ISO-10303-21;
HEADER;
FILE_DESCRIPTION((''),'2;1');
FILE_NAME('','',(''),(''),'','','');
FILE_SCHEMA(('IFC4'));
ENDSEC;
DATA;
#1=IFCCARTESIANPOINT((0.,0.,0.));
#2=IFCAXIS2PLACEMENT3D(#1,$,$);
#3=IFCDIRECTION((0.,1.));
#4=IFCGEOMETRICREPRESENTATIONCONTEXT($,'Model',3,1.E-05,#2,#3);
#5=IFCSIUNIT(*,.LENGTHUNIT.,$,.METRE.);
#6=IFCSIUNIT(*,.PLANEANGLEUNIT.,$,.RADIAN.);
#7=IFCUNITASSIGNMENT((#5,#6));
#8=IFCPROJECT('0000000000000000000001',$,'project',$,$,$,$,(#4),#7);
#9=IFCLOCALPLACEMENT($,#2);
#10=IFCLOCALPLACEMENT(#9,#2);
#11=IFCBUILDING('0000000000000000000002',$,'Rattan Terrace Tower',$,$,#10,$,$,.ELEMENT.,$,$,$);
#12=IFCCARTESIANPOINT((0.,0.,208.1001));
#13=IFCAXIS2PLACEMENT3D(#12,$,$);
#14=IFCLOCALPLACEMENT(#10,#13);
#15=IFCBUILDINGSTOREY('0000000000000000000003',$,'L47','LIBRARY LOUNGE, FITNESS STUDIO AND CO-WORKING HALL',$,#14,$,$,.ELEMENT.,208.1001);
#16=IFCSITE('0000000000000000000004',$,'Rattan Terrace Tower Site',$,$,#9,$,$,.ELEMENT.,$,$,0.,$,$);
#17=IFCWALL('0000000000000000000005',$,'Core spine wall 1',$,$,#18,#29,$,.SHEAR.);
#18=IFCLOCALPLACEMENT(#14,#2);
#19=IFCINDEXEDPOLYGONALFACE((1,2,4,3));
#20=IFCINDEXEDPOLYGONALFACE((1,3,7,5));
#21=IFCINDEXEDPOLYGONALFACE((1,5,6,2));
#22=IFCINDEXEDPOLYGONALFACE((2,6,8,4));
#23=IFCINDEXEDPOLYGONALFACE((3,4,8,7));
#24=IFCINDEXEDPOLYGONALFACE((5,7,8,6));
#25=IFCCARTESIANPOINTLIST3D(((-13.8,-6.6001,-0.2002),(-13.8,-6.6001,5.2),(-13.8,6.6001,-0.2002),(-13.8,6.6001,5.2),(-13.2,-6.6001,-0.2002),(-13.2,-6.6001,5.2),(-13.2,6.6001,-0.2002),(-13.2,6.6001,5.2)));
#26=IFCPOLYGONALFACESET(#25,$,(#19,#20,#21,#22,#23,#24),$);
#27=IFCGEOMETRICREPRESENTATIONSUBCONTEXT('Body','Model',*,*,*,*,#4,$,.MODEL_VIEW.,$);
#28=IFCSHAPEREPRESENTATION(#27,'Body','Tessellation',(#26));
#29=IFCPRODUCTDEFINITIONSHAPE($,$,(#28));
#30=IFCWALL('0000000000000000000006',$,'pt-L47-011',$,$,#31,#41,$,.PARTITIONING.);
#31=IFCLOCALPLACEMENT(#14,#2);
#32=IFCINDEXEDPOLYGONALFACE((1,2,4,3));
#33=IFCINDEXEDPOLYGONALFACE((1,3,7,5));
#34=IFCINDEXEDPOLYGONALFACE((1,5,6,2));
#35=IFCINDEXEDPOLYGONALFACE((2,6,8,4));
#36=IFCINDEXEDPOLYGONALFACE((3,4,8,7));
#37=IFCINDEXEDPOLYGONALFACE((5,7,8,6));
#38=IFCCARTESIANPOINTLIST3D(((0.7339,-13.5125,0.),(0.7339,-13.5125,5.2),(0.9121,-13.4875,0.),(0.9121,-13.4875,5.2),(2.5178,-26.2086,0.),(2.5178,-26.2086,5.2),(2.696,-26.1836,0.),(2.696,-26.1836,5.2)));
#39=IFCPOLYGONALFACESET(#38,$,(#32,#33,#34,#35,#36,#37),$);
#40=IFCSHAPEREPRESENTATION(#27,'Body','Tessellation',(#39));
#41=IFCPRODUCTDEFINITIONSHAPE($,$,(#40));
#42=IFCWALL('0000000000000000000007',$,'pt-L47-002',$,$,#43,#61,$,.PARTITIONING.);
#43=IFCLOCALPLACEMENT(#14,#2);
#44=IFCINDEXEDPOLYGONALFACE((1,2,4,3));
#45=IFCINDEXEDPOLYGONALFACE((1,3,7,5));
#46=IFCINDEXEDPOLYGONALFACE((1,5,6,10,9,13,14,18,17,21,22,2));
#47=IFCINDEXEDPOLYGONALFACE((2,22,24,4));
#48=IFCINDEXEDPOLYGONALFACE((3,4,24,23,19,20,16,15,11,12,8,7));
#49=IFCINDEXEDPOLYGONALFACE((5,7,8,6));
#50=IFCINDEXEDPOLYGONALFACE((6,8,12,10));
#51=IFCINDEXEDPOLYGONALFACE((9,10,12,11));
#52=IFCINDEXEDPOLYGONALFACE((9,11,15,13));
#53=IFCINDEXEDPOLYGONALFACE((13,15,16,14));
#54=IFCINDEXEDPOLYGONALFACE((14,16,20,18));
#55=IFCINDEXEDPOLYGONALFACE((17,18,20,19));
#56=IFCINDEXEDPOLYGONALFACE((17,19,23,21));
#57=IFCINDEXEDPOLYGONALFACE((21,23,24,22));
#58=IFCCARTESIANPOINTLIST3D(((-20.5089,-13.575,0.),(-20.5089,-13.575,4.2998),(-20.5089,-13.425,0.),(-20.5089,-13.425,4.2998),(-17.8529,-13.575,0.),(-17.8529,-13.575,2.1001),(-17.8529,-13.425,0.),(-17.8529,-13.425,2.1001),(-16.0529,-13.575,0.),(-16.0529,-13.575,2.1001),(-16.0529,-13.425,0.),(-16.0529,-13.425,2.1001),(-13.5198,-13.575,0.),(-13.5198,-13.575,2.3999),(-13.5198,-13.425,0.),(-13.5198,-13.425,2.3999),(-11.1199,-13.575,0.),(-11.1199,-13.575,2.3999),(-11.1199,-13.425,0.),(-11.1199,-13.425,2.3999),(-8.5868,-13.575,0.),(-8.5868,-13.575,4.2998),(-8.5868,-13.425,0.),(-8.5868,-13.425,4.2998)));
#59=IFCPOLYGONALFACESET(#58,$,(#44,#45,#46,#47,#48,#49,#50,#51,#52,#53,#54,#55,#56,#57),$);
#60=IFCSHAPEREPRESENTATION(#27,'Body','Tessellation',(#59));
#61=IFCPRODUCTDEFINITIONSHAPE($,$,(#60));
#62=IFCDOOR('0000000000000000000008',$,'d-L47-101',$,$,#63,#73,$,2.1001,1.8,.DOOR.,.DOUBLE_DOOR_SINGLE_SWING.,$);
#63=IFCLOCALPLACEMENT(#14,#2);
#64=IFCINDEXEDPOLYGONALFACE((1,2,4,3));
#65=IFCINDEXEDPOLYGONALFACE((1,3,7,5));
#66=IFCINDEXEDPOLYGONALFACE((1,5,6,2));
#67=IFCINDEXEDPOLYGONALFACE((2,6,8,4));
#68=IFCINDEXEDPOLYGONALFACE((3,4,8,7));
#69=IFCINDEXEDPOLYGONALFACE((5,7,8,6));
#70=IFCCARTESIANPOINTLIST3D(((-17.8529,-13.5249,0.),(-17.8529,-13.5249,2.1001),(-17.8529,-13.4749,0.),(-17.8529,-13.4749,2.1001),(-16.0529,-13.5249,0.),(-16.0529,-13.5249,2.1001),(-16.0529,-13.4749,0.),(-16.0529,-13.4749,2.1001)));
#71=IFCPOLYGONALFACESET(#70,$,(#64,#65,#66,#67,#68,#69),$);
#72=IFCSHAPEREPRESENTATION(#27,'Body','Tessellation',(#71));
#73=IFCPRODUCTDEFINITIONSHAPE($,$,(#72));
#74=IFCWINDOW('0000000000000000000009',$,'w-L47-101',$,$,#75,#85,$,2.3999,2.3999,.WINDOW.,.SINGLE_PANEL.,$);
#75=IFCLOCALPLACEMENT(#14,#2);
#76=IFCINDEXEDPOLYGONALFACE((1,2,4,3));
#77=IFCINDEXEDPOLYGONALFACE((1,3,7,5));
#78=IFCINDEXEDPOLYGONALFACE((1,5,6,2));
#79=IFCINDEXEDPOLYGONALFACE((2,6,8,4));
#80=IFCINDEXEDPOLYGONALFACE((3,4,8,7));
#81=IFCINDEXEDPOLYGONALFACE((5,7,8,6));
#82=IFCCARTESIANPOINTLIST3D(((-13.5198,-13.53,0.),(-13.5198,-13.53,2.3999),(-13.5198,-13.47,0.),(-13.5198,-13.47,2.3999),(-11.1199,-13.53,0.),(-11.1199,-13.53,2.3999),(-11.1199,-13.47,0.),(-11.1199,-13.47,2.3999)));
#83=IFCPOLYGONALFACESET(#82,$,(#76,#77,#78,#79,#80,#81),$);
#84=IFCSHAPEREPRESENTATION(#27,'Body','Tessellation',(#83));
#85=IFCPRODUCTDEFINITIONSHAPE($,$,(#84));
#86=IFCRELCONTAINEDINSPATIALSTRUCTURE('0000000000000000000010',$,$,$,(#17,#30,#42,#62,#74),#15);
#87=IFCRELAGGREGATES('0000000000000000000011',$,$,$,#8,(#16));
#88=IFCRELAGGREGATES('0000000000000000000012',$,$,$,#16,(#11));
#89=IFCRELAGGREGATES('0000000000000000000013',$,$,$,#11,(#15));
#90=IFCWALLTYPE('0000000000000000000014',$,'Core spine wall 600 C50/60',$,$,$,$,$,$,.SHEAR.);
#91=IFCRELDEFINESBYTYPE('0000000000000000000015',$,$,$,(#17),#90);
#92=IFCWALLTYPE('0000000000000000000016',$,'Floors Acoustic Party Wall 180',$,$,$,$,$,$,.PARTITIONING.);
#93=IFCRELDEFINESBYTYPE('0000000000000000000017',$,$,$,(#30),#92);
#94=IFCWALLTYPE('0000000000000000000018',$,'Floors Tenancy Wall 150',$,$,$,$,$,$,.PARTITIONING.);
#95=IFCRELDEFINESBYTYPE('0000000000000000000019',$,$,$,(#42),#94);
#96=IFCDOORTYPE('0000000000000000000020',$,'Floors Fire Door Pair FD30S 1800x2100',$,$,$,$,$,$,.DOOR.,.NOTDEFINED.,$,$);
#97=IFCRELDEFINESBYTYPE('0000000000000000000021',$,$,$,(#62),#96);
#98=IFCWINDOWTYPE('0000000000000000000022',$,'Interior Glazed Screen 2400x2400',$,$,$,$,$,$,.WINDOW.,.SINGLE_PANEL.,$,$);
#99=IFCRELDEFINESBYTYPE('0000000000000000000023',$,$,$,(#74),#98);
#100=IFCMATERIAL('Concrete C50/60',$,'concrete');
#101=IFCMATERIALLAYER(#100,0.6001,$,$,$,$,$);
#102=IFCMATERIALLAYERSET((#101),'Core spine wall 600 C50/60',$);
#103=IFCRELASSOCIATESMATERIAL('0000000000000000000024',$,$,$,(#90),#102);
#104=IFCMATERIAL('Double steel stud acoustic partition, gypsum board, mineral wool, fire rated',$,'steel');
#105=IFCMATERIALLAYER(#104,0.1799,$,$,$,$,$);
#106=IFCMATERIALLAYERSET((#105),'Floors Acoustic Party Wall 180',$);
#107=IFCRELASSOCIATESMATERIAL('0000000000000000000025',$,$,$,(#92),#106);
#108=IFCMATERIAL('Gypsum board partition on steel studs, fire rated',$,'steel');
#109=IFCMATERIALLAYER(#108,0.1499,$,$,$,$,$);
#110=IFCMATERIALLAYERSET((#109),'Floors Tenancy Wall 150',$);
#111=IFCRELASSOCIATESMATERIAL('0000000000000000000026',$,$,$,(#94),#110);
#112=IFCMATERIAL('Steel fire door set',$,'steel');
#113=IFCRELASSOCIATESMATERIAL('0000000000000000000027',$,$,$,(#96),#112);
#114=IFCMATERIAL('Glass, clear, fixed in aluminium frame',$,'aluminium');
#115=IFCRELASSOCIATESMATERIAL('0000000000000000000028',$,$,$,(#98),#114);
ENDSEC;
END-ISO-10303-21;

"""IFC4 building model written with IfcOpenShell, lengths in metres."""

from ifc_helpers import new_model, si_unit, direction, frame, frame_2d, origin, place, context, subcontext, project, spatial, rectangle, extrude, material, layer, layer_set, type_object, element, fill, save


model = new_model("IFC4")

# Units and contexts
model_context = context("Model", 3, precision=1e-05, world=origin(), true_north=direction((0.0, 1.0)))
body_context = subcontext(model_context, "Body", "Model", "MODEL_VIEW")
ifc_project = project(units=[si_unit("LENGTHUNIT", "METRE"), si_unit("PLANEANGLEUNIT", "RADIAN")], contexts=[model_context])

# Site, building, storey
site_placement = place(None, origin())
site = spatial("IfcSite", under=ifc_project, at=site_placement, Name="Rattan Terrace Tower Site", CompositionType="ELEMENT", RefElevation=0.0)
building_placement = place(site_placement, origin())
building = spatial("IfcBuilding", under=site, at=building_placement, Name="Rattan Terrace Tower", CompositionType="ELEMENT")
storey_placement = place(building_placement, frame((0.0, 0.0, 208.1001)))
storey = spatial("IfcBuildingStorey", under=building, at=storey_placement, Name="L47", Description="LIBRARY LOUNGE, FITNESS STUDIO AND CO-WORKING HALL", CompositionType="ELEMENT", Elevation=208.1001)

# Walls
ifc_material_1 = material(Name="Concrete C50/60", Category="concrete")
ifc_layer_1 = layer(ifc_material_1, 0.6001)
ifc_layer_set_1 = layer_set([ifc_layer_1], Name="Core spine wall 600 C50/60")
wall_type_1 = type_object("IfcWallType", Name="Core spine wall 600 C50/60", PredefinedType="SHEAR", material=ifc_layer_set_1)
wall_1_placement = place(storey_placement, frame((-13.5, -6.6001, -0.2002), z_axis=(0.0, 0.0, 1.0), x_axis=(0.0, 1.0, 0.0)))
element("IfcWall", 1, at=wall_1_placement, inside=storey, type_object=wall_type_1, Name="Core spine wall 1", PredefinedType="SHEAR", context=body_context, shape_type="SweptSolid", body=[
    extrude(rectangle(XDim=13.2002, YDim=0.6001, at=frame_2d((6.6001, 0.0))), origin(), (0.0, 0.0, 1.0), 5.4001),
])
ifc_material_2 = material(Name="Double steel stud acoustic partition, gypsum board, mineral wool, fire rated", Category="steel")
ifc_layer_2 = layer(ifc_material_2, 0.1799)
ifc_layer_set_2 = layer_set([ifc_layer_2], Name="Floors Acoustic Party Wall 180")
wall_type_2 = type_object("IfcWallType", Name="Floors Acoustic Party Wall 180", PredefinedType="PARTITIONING", material=ifc_layer_set_2)
wall_2_placement = place(storey_placement, frame((0.823, -13.5, 0.0), z_axis=(0.0, 0.0, 1.0), x_axis=(0.139144, -0.990272, 0.0)))
element("IfcWall", 2, at=wall_2_placement, inside=storey, type_object=wall_type_2, Name="pt-L47-011", PredefinedType="PARTITIONING", context=body_context, shape_type="SweptSolid", body=[
    extrude(rectangle(XDim=12.8208, YDim=0.1799, at=frame_2d((6.4104, 0.0))), origin(), (0.0, 0.0, 1.0), 5.2),
])

# Wall, openings, door, window
ifc_material_3 = material(Name="Gypsum board partition on steel studs, fire rated", Category="steel")
ifc_layer_3 = layer(ifc_material_3, 0.1499)
ifc_layer_set_3 = layer_set([ifc_layer_3], Name="Floors Tenancy Wall 150")
wall_type_3 = type_object("IfcWallType", Name="Floors Tenancy Wall 150", PredefinedType="PARTITIONING", material=ifc_layer_set_3)
ifc_material_4 = material(Name="Steel fire door set", Category="steel")
door_type_1 = type_object("IfcDoorType", Name="Floors Fire Door Pair FD30S 1800x2100", OperationType="NOTDEFINED", PredefinedType="DOOR", material=ifc_material_4)
ifc_material_5 = material(Name="Glass, clear, fixed in aluminium frame", Category="aluminium")
window_type = type_object("IfcWindowType", Name="Interior Glazed Screen 2400x2400", PartitioningType="SINGLE_PANEL", PredefinedType="WINDOW", material=ifc_material_5)
wall_3_placement = place(storey_placement, frame((-8.5869, -13.5, 0.0), z_axis=(0.0, 0.0, 1.0), x_axis=(-1.0, 0.0, 0.0)))
wall_3 = element("IfcWall", 3, at=wall_3_placement, inside=storey, type_object=wall_type_3, Name="pt-L47-002", PredefinedType="PARTITIONING", context=body_context, shape_type="SweptSolid", body=[
    extrude(rectangle(XDim=11.9221, YDim=0.1499, at=frame_2d((5.9609, 0.0))), origin(), (0.0, 0.0, 1.0), 4.2998),
])
opening_1_placement = place(wall_3_placement, frame((7.4661, 0.0, 0.0)))
opening_1 = element("IfcOpeningElement", 4, at=opening_1_placement, cuts=wall_3, PredefinedType="OPENING", context=body_context, shape_type="SweptSolid", body=[
    extrude(rectangle(XDim=1.8, YDim=2.1001, at=frame_2d((0.8999, 1.05))), frame((0.0, 0.0854, 0.0), z_axis=(0.0, -1.0, 0.0), x_axis=(1.0, 0.0, 0.0)), (0.0, 0.0, 1.0), 0.1709),
])
opening_2_placement = place(wall_3_placement, frame((2.533, 0.0, 0.0)))
opening_2 = element("IfcOpeningElement", 5, at=opening_2_placement, cuts=wall_3, PredefinedType="OPENING", context=body_context, shape_type="SweptSolid", body=[
    extrude(rectangle(XDim=2.3999, YDim=2.3999, at=frame_2d((1.2, 1.2))), frame((0.0, 0.0854, 0.0), z_axis=(0.0, -1.0, 0.0), x_axis=(1.0, 0.0, 0.0)), (0.0, 0.0, 1.0), 0.1709),
])
door_1_placement = place(opening_1_placement, origin())
door_1 = element("IfcDoor", 6, at=door_1_placement, inside=storey, type_object=door_type_1, Name="d-L47-101", OperationType="DOUBLE_DOOR_SINGLE_SWING", OverallHeight=2.1001, OverallWidth=1.8, PredefinedType="DOOR", context=body_context, shape_type="SweptSolid", body=[
    extrude(rectangle(XDim=1.8, YDim=2.1001, at=frame_2d((0.8999, 1.05))), frame((0.0, 0.0249, 0.0), z_axis=(0.0, -1.0, 0.0), x_axis=(1.0, 0.0, 0.0)), (0.0, 0.0, 1.0), 0.05),
])
fill(opening_1, door_1)
window_1_placement = place(opening_2_placement, origin())
window_1 = element("IfcWindow", 7, at=window_1_placement, inside=storey, type_object=window_type, Name="w-L47-101", OverallHeight=2.3999, OverallWidth=2.3999, PartitioningType="SINGLE_PANEL", PredefinedType="WINDOW", context=body_context, shape_type="SweptSolid", body=[
    extrude(rectangle(XDim=2.3999, YDim=2.3999, at=frame_2d((1.2, 1.2))), frame((0.0, 0.03, 0.0), z_axis=(0.0, -1.0, 0.0), x_axis=(1.0, 0.0, 0.0)), (0.0, 0.0, 1.0), 0.0601),
])
fill(opening_2, window_1)

save(model, "model.ifc")
